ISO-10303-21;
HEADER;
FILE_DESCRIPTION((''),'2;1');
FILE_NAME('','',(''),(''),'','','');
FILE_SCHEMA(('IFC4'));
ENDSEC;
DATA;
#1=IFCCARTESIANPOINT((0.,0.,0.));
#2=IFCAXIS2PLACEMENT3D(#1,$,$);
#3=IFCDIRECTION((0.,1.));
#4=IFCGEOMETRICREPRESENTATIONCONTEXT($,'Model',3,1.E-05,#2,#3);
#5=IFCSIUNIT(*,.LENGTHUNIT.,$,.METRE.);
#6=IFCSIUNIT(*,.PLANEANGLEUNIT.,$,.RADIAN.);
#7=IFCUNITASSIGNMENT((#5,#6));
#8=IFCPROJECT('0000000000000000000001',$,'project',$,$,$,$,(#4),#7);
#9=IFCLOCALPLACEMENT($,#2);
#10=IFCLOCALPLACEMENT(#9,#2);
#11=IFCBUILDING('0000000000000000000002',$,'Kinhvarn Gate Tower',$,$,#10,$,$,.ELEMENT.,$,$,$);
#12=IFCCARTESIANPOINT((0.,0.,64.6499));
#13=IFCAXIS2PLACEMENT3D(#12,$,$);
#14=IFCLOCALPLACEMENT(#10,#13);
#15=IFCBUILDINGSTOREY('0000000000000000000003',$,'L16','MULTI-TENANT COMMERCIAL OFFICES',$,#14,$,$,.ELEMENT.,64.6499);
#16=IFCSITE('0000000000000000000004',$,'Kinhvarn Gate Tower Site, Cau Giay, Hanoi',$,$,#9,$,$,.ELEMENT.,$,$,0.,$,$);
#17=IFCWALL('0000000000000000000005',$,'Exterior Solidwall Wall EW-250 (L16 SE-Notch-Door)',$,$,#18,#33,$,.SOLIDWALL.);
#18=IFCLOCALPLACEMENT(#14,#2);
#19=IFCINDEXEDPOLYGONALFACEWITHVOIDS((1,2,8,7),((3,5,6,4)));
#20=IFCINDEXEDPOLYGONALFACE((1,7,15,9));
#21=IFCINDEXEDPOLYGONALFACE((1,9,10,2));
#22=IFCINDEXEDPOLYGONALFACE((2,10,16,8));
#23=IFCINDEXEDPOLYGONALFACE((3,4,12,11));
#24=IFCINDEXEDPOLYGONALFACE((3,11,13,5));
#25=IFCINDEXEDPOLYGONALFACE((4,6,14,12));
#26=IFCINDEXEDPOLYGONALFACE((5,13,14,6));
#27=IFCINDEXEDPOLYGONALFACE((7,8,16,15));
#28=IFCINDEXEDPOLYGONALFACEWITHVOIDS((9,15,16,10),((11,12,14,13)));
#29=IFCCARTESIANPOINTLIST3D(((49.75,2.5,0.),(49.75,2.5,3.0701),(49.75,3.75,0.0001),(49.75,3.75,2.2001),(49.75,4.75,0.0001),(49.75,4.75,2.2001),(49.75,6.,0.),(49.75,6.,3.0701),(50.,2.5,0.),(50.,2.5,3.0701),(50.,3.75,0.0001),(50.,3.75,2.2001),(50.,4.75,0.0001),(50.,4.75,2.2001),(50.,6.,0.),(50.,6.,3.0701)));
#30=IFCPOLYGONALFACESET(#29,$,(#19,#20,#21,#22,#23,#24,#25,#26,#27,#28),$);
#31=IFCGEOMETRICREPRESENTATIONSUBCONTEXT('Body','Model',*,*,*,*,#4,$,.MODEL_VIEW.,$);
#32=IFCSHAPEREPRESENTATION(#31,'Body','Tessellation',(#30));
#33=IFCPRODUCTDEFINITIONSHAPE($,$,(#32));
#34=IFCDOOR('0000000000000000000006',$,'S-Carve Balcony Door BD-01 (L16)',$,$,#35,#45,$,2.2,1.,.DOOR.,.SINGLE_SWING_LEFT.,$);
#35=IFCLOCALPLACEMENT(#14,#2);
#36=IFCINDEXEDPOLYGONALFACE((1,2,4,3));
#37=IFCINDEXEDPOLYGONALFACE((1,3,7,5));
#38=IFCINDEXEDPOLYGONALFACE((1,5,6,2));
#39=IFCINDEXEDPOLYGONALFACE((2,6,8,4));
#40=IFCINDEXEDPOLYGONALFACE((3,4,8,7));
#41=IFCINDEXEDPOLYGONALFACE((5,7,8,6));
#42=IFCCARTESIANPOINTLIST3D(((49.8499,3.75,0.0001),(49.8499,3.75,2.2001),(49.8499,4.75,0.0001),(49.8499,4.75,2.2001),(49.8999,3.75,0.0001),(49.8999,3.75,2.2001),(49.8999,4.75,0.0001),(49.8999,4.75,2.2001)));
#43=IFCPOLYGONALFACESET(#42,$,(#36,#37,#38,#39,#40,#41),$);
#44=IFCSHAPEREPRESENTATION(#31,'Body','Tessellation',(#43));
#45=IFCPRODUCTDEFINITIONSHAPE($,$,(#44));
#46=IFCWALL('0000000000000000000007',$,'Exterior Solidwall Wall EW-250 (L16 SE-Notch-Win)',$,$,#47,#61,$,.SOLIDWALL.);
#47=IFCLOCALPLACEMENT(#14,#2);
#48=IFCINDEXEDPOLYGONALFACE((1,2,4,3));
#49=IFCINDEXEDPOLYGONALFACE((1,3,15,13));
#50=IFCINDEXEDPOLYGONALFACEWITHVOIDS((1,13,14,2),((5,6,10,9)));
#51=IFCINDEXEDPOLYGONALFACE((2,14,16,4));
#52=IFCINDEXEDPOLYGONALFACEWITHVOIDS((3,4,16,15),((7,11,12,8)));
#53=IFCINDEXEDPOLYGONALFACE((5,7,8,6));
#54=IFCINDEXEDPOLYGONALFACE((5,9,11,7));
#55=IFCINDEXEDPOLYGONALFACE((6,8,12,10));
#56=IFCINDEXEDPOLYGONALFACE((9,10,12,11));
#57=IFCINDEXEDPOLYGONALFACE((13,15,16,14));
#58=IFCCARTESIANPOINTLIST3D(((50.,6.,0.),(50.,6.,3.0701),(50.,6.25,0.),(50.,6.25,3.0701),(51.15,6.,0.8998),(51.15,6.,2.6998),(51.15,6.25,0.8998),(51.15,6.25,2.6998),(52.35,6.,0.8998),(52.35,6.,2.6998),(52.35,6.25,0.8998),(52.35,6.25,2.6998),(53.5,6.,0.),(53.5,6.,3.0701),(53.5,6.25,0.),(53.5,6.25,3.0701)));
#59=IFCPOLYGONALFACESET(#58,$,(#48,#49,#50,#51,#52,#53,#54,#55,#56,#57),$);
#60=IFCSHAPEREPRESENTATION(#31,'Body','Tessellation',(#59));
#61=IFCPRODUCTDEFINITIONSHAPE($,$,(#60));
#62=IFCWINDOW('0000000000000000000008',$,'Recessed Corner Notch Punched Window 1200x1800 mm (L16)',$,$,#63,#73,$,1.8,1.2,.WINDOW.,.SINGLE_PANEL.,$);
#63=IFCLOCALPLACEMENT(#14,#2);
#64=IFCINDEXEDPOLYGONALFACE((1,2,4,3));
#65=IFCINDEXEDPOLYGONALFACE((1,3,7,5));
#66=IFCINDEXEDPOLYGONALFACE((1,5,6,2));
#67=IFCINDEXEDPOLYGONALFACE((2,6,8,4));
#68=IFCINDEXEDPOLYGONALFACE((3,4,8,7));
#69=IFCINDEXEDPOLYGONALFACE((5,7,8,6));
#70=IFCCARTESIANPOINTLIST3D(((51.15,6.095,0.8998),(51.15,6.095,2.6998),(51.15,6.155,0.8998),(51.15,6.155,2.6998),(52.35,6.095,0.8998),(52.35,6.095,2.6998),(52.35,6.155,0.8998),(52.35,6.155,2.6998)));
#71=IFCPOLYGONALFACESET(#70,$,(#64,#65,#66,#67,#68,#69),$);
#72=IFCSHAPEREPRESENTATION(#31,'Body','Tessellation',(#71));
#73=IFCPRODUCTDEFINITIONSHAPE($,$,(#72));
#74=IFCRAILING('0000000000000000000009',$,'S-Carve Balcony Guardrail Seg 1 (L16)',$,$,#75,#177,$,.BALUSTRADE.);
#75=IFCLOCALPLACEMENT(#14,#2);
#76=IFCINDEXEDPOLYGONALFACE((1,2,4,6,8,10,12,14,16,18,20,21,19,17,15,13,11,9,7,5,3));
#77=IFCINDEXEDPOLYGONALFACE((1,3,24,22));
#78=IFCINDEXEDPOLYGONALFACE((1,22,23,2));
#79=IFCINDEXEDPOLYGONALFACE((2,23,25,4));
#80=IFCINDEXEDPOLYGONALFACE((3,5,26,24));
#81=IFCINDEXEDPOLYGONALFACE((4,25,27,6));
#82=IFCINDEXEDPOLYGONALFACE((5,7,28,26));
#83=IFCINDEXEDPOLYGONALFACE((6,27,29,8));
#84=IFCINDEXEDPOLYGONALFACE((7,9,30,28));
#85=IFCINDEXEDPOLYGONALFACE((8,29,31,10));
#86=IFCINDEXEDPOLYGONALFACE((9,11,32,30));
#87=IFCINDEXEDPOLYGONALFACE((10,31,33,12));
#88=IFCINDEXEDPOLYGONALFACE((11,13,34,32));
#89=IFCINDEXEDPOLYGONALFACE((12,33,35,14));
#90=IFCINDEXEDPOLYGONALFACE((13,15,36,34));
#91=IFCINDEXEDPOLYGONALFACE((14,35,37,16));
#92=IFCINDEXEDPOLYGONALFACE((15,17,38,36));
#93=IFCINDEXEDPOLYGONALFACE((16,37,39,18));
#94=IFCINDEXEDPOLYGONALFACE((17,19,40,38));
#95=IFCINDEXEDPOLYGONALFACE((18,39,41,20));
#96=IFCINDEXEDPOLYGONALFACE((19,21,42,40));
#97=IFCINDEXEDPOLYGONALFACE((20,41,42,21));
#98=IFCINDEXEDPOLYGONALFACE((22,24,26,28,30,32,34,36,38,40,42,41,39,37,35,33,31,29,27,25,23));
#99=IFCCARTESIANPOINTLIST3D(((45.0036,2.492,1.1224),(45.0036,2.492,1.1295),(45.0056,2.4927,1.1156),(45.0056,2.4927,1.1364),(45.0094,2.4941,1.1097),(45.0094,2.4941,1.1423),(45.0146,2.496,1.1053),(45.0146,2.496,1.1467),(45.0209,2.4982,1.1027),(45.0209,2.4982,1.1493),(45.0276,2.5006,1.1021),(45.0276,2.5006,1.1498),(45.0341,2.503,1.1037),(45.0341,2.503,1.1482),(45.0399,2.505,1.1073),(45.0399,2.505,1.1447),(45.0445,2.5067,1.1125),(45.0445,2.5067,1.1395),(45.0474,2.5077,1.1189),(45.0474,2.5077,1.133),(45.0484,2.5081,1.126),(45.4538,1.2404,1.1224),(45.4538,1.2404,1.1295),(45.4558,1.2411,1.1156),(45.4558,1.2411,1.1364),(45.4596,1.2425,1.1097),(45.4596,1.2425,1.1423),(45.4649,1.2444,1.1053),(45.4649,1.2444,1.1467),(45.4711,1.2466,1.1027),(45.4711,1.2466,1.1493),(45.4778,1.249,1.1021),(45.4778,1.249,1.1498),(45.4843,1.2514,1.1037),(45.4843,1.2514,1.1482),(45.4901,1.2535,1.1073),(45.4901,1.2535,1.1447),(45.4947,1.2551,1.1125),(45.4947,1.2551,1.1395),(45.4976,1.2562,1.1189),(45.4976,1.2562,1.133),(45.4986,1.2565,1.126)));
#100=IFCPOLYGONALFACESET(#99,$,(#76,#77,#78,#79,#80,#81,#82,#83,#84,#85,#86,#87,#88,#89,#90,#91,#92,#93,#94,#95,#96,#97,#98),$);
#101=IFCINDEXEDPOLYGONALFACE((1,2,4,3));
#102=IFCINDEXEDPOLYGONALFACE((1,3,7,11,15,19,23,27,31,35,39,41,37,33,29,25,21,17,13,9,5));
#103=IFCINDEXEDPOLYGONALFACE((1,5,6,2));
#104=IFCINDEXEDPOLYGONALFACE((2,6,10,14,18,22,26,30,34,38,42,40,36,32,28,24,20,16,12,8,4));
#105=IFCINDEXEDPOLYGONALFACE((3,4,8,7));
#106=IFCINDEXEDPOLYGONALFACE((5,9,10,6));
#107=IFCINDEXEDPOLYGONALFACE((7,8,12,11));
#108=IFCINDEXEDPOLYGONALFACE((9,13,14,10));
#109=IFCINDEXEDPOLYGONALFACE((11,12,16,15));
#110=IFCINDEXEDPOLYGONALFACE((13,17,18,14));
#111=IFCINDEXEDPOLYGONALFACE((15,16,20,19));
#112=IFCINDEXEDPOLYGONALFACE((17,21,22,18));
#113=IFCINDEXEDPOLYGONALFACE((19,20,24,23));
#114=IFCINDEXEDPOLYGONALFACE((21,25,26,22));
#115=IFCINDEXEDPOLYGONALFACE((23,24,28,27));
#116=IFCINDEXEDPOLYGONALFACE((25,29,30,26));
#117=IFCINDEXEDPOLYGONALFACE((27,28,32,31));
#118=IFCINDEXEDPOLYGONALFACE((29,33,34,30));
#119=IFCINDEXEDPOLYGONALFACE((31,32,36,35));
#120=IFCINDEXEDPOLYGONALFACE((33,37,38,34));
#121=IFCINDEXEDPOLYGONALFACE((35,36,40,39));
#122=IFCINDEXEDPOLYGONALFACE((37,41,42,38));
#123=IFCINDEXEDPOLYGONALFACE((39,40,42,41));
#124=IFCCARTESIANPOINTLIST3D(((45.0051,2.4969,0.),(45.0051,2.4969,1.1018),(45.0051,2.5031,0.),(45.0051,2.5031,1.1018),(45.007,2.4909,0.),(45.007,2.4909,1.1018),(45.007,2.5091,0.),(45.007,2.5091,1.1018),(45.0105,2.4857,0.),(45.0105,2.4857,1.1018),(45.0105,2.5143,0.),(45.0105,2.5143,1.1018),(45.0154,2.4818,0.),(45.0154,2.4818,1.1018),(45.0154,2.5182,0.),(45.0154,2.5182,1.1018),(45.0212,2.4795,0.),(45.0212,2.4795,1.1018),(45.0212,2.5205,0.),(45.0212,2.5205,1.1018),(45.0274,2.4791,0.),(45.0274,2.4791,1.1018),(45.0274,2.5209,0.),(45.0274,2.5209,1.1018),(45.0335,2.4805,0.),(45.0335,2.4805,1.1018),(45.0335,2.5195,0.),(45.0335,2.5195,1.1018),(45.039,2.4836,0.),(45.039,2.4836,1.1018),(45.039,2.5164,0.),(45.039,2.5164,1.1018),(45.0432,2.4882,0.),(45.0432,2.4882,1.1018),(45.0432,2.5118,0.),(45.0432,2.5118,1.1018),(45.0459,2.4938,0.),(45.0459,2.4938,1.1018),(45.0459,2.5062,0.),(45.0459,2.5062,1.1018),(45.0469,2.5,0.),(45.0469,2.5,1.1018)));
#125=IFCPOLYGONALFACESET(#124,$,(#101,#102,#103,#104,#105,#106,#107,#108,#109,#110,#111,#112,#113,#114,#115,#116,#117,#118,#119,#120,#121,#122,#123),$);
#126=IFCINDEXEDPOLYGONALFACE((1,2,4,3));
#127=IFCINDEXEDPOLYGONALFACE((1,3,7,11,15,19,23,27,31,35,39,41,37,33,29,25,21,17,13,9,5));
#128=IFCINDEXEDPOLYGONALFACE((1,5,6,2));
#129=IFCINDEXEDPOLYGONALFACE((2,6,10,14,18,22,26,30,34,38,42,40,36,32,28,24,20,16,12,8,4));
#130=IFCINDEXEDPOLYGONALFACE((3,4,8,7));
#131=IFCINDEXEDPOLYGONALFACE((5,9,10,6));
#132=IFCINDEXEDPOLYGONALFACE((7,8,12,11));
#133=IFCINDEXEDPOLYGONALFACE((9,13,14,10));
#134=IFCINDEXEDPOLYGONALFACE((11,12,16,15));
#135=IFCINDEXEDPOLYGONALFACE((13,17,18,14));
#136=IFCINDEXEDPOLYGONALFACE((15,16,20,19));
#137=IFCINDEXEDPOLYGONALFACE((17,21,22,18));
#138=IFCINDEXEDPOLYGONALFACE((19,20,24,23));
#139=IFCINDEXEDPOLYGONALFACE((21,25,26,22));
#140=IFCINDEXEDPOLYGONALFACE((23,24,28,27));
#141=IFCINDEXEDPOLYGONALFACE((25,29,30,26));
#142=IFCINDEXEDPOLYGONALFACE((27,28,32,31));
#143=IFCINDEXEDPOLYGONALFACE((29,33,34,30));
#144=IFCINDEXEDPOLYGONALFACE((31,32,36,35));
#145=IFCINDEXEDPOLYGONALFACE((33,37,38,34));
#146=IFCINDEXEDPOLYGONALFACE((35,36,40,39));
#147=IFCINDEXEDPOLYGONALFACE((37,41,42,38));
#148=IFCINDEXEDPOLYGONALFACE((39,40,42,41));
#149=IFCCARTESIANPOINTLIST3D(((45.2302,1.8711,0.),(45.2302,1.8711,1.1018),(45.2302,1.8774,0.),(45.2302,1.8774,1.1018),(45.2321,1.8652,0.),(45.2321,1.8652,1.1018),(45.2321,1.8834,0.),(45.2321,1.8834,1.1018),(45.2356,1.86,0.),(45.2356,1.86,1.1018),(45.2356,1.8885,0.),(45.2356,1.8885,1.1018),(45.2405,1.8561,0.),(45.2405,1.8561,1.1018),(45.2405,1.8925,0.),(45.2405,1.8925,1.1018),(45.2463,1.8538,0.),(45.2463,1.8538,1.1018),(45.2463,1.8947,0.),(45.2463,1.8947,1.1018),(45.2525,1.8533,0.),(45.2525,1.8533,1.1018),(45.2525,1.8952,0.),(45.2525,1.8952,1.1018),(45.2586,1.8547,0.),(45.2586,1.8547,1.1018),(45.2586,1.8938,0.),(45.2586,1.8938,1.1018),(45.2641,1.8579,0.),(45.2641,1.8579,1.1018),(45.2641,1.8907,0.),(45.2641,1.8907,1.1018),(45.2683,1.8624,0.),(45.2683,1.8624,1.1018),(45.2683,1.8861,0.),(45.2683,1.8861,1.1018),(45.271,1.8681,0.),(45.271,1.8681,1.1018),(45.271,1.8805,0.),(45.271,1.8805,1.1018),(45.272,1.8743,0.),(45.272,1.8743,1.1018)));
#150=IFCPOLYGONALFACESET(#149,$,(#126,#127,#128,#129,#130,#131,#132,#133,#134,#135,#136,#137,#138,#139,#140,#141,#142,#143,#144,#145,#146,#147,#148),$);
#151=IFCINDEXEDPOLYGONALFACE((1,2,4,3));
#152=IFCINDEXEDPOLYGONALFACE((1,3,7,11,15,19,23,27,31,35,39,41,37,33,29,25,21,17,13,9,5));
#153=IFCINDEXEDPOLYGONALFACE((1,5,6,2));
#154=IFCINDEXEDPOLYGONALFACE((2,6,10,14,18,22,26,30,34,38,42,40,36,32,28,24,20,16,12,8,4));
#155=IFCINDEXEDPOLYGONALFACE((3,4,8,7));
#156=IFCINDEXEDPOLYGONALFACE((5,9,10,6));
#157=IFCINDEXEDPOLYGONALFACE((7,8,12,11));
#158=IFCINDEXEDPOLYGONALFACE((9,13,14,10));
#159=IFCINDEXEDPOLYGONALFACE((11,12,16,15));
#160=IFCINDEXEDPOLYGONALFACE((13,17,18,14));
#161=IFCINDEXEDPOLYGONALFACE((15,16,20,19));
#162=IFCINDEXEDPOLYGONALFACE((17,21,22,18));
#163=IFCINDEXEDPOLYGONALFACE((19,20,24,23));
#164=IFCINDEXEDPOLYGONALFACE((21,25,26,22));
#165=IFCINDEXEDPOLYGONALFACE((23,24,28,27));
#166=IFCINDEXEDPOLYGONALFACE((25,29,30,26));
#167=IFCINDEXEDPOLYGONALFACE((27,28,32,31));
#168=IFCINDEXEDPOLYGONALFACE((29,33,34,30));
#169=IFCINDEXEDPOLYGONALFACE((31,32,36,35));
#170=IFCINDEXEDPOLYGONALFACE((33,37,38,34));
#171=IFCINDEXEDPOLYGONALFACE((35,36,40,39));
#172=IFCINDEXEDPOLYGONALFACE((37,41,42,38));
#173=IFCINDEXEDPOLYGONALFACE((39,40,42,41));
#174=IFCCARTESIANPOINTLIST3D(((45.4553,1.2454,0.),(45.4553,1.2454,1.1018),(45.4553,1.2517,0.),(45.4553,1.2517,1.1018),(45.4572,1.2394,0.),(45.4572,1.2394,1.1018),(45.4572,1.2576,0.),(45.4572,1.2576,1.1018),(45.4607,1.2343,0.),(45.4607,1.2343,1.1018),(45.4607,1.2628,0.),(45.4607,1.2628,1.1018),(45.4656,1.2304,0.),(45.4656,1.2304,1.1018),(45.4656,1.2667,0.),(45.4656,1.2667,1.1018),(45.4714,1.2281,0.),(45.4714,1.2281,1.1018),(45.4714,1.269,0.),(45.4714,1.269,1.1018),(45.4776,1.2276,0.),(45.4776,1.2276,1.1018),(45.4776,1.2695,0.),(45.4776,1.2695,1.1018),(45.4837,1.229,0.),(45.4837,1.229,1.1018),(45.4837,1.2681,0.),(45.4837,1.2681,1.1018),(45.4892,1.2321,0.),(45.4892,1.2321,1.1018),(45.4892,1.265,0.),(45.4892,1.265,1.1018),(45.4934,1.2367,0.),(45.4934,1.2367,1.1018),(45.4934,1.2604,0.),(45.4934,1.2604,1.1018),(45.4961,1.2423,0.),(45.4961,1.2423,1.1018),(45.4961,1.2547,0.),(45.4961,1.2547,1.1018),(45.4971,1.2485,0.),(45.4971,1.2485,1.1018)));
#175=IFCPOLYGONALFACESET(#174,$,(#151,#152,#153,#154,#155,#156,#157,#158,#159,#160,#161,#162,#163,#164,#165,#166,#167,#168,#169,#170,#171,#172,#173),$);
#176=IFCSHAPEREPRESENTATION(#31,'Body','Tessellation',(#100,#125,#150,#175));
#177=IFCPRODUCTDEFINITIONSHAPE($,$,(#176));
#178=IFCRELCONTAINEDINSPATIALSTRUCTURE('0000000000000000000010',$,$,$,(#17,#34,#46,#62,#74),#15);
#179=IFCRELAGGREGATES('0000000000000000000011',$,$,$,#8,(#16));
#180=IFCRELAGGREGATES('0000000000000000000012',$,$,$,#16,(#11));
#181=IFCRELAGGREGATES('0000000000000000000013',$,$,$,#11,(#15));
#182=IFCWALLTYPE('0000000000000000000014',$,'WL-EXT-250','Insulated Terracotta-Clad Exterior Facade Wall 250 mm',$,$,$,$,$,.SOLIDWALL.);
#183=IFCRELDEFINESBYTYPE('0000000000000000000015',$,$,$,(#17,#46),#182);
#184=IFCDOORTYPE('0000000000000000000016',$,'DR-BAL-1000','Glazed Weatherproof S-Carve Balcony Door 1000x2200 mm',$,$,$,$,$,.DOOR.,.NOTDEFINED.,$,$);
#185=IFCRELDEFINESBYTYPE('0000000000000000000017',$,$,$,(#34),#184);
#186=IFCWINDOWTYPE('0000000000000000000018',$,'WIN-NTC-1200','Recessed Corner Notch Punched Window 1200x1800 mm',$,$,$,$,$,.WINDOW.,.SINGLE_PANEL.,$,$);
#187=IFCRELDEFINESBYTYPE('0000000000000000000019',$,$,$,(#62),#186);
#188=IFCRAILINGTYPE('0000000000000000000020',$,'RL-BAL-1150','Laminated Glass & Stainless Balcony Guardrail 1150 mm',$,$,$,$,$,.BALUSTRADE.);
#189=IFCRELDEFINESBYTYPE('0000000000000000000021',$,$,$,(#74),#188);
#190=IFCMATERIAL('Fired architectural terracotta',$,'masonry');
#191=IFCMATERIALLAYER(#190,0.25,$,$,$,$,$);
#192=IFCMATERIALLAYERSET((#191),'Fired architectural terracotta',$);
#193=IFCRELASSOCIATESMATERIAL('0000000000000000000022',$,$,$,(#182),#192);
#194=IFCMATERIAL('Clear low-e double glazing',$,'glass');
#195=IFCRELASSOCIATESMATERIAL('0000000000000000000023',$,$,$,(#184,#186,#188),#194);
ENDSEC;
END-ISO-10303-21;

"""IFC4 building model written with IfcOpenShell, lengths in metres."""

from ifc_helpers import new_model, si_unit, direction, frame, frame_2d, origin, origin_2d, place, context, subcontext, project, spatial, rectangle, circle, extrude, material, layer, layer_set, type_object, element, fill, save


model = new_model("IFC4")

# Units and contexts
model_context = context("Model", 3, precision=1e-05, world=origin(), true_north=direction((0.0, 1.0)))
body_context = subcontext(model_context, "Body", "Model", "MODEL_VIEW")
ifc_project = project(units=[si_unit("LENGTHUNIT", "METRE"), si_unit("PLANEANGLEUNIT", "RADIAN")], contexts=[model_context])

# Site, building, storey
site_placement = place(None, origin())
site = spatial("IfcSite", under=ifc_project, at=site_placement, Name="Kinhvarn Gate Tower Site, Cau Giay, Hanoi", CompositionType="ELEMENT", RefElevation=0.0)
building_placement = place(site_placement, origin())
building = spatial("IfcBuilding", under=site, at=building_placement, Name="Kinhvarn Gate Tower", CompositionType="ELEMENT")
storey_placement = place(building_placement, frame((0.0, 0.0, 64.6499)))
storey = spatial("IfcBuildingStorey", under=building, at=storey_placement, Name="L16", Description="MULTI-TENANT COMMERCIAL OFFICES", CompositionType="ELEMENT", Elevation=64.6499)

# Shared definitions
ifc_material_1 = material(Name="Clear low-e double glazing", Category="glass")

# Wall, opening, door
ifc_material_2 = material(Name="Fired architectural terracotta", Category="masonry")
ifc_layer_1 = layer(ifc_material_2, 0.25)
ifc_layer_set_1 = layer_set([ifc_layer_1], Name="Fired architectural terracotta")
wall_type = type_object("IfcWallType", Name="WL-EXT-250", Description="Insulated Terracotta-Clad Exterior Facade Wall 250 mm", PredefinedType="SOLIDWALL", material=ifc_layer_set_1)
wall_1_placement = place(storey_placement, frame((49.875, 2.5, 0.0), z_axis=(0.0, 0.0, 1.0), x_axis=(0.0, 1.0, 0.0)))
wall_1 = element("IfcWall", 1, at=wall_1_placement, inside=storey, type_object=wall_type, Name="Exterior Solidwall Wall EW-250 (L16 SE-Notch-Door)", PredefinedType="SOLIDWALL", context=body_context, shape_type="SweptSolid", body=[
    extrude(rectangle(XDim=3.5, YDim=0.25, at=frame_2d((1.75, 0.0))), origin(), (0.0, 0.0, 1.0), 3.0701),
])
opening_1_placement = place(wall_1_placement, frame((1.25, 0.0, 0.0)))
opening_1 = element("IfcOpeningElement", 2, at=opening_1_placement, cuts=wall_1, PredefinedType="OPENING", context=body_context, shape_type="SweptSolid", body=[
    extrude(rectangle(XDim=1.0, YDim=2.2, at=frame_2d((0.5, 1.1001))), frame((0.0, 0.135, 0.0), z_axis=(0.0, -1.0, 0.0), x_axis=(1.0, 0.0, 0.0)), (0.0, 0.0, 1.0), 0.27),
])
door_type = type_object("IfcDoorType", Name="DR-BAL-1000", Description="Glazed Weatherproof S-Carve Balcony Door 1000x2200 mm", OperationType="NOTDEFINED", PredefinedType="DOOR", material=ifc_material_1)
door_placement = place(opening_1_placement, frame((1.0, 0.0, 0.0), z_axis=(0.0, 0.0, 1.0), x_axis=(-1.0, 0.0, 0.0)))
door = element("IfcDoor", 3, at=door_placement, inside=storey, type_object=door_type, Name="S-Carve Balcony Door BD-01 (L16)", OperationType="SINGLE_SWING_LEFT", OverallHeight=2.2, OverallWidth=1.0, PredefinedType="DOOR", context=body_context, shape_type="SweptSolid", body=[
    extrude(rectangle(XDim=1.0, YDim=2.2, at=frame_2d((0.5, 1.1001))), frame((0.0, 0.0249, 0.0), z_axis=(0.0, -1.0, 0.0), x_axis=(1.0, 0.0, 0.0)), (0.0, 0.0, 1.0), 0.05),
])
fill(opening_1, door)

# Wall, opening, window
wall_2_placement = place(storey_placement, frame((50.0, 6.125, 0.0), z_axis=(0.0, 0.0, 1.0), x_axis=(1.0, 0.0, 0.0)))
wall_2 = element("IfcWall", 4, at=wall_2_placement, inside=storey, type_object=wall_type, Name="Exterior Solidwall Wall EW-250 (L16 SE-Notch-Win)", PredefinedType="SOLIDWALL", context=body_context, shape_type="SweptSolid", body=[
    extrude(rectangle(XDim=3.5, YDim=0.25, at=frame_2d((1.75, 0.0))), origin(), (0.0, 0.0, 1.0), 3.0701),
])
opening_2_placement = place(wall_2_placement, frame((1.1499, 0.0, 0.8999)))
opening_2 = element("IfcOpeningElement", 5, at=opening_2_placement, cuts=wall_2, PredefinedType="OPENING", context=body_context, shape_type="SweptSolid", body=[
    extrude(rectangle(XDim=1.2, YDim=1.8, at=frame_2d((0.6001, 0.8999))), frame((0.0, 0.135, 0.0), z_axis=(0.0, -1.0, 0.0), x_axis=(1.0, 0.0, 0.0)), (0.0, 0.0, 1.0), 0.27),
])
window_type = type_object("IfcWindowType", Name="WIN-NTC-1200", Description="Recessed Corner Notch Punched Window 1200x1800 mm", PartitioningType="SINGLE_PANEL", PredefinedType="WINDOW", material=ifc_material_1)
window_placement = place(opening_2_placement, origin())
window = element("IfcWindow", 6, at=window_placement, inside=storey, type_object=window_type, Name="Recessed Corner Notch Punched Window 1200x1800 mm (L16)", OverallHeight=1.8, OverallWidth=1.2, PartitioningType="SINGLE_PANEL", PredefinedType="WINDOW", context=body_context, shape_type="SweptSolid", body=[
    extrude(rectangle(XDim=1.2, YDim=1.8, at=frame_2d((0.6001, 0.8999))), frame((0.0, 0.03, 0.0), z_axis=(0.0, -1.0, 0.0), x_axis=(1.0, 0.0, 0.0)), (0.0, 0.0, 1.0), 0.0601),
])
fill(opening_2, window)

# Railing
railing_type = type_object("IfcRailingType", Name="RL-BAL-1150", Description="Laminated Glass & Stainless Balcony Guardrail 1150 mm", PredefinedType="BALUSTRADE", material=ifc_material_1)
railing_1_placement = place(storey_placement, frame((45.0259, 2.5, 0.0)))
element("IfcRailing", 7, at=railing_1_placement, inside=storey, type_object=railing_type, Name="S-Carve Balcony Guardrail Seg 1 (L16)", PredefinedType="BALUSTRADE", context=body_context, shape_type="SweptSolid", body=[
    extrude(circle(Radius=0.0239, at=origin_2d()), frame((0.0, 0.0, 1.126), z_axis=(0.338498, -0.940967, 0.0), x_axis=(0.940967, 0.338498, 0.0)), (0.0, 0.0, 1.0), 1.3301),
    extrude(circle(Radius=0.021, at=origin_2d()), origin(), (0.0, 0.0, 1.0), 1.1018),
    extrude(circle(Radius=0.021, at=origin_2d()), frame((0.2251, -0.6257, 0.0)), (0.0, 0.0, 1.0), 1.1018),
    extrude(circle(Radius=0.021, at=origin_2d()), frame((0.4502, -1.2515, 0.0)), (0.0, 0.0, 1.0), 1.1018),
])

save(model, "model.ifc")
